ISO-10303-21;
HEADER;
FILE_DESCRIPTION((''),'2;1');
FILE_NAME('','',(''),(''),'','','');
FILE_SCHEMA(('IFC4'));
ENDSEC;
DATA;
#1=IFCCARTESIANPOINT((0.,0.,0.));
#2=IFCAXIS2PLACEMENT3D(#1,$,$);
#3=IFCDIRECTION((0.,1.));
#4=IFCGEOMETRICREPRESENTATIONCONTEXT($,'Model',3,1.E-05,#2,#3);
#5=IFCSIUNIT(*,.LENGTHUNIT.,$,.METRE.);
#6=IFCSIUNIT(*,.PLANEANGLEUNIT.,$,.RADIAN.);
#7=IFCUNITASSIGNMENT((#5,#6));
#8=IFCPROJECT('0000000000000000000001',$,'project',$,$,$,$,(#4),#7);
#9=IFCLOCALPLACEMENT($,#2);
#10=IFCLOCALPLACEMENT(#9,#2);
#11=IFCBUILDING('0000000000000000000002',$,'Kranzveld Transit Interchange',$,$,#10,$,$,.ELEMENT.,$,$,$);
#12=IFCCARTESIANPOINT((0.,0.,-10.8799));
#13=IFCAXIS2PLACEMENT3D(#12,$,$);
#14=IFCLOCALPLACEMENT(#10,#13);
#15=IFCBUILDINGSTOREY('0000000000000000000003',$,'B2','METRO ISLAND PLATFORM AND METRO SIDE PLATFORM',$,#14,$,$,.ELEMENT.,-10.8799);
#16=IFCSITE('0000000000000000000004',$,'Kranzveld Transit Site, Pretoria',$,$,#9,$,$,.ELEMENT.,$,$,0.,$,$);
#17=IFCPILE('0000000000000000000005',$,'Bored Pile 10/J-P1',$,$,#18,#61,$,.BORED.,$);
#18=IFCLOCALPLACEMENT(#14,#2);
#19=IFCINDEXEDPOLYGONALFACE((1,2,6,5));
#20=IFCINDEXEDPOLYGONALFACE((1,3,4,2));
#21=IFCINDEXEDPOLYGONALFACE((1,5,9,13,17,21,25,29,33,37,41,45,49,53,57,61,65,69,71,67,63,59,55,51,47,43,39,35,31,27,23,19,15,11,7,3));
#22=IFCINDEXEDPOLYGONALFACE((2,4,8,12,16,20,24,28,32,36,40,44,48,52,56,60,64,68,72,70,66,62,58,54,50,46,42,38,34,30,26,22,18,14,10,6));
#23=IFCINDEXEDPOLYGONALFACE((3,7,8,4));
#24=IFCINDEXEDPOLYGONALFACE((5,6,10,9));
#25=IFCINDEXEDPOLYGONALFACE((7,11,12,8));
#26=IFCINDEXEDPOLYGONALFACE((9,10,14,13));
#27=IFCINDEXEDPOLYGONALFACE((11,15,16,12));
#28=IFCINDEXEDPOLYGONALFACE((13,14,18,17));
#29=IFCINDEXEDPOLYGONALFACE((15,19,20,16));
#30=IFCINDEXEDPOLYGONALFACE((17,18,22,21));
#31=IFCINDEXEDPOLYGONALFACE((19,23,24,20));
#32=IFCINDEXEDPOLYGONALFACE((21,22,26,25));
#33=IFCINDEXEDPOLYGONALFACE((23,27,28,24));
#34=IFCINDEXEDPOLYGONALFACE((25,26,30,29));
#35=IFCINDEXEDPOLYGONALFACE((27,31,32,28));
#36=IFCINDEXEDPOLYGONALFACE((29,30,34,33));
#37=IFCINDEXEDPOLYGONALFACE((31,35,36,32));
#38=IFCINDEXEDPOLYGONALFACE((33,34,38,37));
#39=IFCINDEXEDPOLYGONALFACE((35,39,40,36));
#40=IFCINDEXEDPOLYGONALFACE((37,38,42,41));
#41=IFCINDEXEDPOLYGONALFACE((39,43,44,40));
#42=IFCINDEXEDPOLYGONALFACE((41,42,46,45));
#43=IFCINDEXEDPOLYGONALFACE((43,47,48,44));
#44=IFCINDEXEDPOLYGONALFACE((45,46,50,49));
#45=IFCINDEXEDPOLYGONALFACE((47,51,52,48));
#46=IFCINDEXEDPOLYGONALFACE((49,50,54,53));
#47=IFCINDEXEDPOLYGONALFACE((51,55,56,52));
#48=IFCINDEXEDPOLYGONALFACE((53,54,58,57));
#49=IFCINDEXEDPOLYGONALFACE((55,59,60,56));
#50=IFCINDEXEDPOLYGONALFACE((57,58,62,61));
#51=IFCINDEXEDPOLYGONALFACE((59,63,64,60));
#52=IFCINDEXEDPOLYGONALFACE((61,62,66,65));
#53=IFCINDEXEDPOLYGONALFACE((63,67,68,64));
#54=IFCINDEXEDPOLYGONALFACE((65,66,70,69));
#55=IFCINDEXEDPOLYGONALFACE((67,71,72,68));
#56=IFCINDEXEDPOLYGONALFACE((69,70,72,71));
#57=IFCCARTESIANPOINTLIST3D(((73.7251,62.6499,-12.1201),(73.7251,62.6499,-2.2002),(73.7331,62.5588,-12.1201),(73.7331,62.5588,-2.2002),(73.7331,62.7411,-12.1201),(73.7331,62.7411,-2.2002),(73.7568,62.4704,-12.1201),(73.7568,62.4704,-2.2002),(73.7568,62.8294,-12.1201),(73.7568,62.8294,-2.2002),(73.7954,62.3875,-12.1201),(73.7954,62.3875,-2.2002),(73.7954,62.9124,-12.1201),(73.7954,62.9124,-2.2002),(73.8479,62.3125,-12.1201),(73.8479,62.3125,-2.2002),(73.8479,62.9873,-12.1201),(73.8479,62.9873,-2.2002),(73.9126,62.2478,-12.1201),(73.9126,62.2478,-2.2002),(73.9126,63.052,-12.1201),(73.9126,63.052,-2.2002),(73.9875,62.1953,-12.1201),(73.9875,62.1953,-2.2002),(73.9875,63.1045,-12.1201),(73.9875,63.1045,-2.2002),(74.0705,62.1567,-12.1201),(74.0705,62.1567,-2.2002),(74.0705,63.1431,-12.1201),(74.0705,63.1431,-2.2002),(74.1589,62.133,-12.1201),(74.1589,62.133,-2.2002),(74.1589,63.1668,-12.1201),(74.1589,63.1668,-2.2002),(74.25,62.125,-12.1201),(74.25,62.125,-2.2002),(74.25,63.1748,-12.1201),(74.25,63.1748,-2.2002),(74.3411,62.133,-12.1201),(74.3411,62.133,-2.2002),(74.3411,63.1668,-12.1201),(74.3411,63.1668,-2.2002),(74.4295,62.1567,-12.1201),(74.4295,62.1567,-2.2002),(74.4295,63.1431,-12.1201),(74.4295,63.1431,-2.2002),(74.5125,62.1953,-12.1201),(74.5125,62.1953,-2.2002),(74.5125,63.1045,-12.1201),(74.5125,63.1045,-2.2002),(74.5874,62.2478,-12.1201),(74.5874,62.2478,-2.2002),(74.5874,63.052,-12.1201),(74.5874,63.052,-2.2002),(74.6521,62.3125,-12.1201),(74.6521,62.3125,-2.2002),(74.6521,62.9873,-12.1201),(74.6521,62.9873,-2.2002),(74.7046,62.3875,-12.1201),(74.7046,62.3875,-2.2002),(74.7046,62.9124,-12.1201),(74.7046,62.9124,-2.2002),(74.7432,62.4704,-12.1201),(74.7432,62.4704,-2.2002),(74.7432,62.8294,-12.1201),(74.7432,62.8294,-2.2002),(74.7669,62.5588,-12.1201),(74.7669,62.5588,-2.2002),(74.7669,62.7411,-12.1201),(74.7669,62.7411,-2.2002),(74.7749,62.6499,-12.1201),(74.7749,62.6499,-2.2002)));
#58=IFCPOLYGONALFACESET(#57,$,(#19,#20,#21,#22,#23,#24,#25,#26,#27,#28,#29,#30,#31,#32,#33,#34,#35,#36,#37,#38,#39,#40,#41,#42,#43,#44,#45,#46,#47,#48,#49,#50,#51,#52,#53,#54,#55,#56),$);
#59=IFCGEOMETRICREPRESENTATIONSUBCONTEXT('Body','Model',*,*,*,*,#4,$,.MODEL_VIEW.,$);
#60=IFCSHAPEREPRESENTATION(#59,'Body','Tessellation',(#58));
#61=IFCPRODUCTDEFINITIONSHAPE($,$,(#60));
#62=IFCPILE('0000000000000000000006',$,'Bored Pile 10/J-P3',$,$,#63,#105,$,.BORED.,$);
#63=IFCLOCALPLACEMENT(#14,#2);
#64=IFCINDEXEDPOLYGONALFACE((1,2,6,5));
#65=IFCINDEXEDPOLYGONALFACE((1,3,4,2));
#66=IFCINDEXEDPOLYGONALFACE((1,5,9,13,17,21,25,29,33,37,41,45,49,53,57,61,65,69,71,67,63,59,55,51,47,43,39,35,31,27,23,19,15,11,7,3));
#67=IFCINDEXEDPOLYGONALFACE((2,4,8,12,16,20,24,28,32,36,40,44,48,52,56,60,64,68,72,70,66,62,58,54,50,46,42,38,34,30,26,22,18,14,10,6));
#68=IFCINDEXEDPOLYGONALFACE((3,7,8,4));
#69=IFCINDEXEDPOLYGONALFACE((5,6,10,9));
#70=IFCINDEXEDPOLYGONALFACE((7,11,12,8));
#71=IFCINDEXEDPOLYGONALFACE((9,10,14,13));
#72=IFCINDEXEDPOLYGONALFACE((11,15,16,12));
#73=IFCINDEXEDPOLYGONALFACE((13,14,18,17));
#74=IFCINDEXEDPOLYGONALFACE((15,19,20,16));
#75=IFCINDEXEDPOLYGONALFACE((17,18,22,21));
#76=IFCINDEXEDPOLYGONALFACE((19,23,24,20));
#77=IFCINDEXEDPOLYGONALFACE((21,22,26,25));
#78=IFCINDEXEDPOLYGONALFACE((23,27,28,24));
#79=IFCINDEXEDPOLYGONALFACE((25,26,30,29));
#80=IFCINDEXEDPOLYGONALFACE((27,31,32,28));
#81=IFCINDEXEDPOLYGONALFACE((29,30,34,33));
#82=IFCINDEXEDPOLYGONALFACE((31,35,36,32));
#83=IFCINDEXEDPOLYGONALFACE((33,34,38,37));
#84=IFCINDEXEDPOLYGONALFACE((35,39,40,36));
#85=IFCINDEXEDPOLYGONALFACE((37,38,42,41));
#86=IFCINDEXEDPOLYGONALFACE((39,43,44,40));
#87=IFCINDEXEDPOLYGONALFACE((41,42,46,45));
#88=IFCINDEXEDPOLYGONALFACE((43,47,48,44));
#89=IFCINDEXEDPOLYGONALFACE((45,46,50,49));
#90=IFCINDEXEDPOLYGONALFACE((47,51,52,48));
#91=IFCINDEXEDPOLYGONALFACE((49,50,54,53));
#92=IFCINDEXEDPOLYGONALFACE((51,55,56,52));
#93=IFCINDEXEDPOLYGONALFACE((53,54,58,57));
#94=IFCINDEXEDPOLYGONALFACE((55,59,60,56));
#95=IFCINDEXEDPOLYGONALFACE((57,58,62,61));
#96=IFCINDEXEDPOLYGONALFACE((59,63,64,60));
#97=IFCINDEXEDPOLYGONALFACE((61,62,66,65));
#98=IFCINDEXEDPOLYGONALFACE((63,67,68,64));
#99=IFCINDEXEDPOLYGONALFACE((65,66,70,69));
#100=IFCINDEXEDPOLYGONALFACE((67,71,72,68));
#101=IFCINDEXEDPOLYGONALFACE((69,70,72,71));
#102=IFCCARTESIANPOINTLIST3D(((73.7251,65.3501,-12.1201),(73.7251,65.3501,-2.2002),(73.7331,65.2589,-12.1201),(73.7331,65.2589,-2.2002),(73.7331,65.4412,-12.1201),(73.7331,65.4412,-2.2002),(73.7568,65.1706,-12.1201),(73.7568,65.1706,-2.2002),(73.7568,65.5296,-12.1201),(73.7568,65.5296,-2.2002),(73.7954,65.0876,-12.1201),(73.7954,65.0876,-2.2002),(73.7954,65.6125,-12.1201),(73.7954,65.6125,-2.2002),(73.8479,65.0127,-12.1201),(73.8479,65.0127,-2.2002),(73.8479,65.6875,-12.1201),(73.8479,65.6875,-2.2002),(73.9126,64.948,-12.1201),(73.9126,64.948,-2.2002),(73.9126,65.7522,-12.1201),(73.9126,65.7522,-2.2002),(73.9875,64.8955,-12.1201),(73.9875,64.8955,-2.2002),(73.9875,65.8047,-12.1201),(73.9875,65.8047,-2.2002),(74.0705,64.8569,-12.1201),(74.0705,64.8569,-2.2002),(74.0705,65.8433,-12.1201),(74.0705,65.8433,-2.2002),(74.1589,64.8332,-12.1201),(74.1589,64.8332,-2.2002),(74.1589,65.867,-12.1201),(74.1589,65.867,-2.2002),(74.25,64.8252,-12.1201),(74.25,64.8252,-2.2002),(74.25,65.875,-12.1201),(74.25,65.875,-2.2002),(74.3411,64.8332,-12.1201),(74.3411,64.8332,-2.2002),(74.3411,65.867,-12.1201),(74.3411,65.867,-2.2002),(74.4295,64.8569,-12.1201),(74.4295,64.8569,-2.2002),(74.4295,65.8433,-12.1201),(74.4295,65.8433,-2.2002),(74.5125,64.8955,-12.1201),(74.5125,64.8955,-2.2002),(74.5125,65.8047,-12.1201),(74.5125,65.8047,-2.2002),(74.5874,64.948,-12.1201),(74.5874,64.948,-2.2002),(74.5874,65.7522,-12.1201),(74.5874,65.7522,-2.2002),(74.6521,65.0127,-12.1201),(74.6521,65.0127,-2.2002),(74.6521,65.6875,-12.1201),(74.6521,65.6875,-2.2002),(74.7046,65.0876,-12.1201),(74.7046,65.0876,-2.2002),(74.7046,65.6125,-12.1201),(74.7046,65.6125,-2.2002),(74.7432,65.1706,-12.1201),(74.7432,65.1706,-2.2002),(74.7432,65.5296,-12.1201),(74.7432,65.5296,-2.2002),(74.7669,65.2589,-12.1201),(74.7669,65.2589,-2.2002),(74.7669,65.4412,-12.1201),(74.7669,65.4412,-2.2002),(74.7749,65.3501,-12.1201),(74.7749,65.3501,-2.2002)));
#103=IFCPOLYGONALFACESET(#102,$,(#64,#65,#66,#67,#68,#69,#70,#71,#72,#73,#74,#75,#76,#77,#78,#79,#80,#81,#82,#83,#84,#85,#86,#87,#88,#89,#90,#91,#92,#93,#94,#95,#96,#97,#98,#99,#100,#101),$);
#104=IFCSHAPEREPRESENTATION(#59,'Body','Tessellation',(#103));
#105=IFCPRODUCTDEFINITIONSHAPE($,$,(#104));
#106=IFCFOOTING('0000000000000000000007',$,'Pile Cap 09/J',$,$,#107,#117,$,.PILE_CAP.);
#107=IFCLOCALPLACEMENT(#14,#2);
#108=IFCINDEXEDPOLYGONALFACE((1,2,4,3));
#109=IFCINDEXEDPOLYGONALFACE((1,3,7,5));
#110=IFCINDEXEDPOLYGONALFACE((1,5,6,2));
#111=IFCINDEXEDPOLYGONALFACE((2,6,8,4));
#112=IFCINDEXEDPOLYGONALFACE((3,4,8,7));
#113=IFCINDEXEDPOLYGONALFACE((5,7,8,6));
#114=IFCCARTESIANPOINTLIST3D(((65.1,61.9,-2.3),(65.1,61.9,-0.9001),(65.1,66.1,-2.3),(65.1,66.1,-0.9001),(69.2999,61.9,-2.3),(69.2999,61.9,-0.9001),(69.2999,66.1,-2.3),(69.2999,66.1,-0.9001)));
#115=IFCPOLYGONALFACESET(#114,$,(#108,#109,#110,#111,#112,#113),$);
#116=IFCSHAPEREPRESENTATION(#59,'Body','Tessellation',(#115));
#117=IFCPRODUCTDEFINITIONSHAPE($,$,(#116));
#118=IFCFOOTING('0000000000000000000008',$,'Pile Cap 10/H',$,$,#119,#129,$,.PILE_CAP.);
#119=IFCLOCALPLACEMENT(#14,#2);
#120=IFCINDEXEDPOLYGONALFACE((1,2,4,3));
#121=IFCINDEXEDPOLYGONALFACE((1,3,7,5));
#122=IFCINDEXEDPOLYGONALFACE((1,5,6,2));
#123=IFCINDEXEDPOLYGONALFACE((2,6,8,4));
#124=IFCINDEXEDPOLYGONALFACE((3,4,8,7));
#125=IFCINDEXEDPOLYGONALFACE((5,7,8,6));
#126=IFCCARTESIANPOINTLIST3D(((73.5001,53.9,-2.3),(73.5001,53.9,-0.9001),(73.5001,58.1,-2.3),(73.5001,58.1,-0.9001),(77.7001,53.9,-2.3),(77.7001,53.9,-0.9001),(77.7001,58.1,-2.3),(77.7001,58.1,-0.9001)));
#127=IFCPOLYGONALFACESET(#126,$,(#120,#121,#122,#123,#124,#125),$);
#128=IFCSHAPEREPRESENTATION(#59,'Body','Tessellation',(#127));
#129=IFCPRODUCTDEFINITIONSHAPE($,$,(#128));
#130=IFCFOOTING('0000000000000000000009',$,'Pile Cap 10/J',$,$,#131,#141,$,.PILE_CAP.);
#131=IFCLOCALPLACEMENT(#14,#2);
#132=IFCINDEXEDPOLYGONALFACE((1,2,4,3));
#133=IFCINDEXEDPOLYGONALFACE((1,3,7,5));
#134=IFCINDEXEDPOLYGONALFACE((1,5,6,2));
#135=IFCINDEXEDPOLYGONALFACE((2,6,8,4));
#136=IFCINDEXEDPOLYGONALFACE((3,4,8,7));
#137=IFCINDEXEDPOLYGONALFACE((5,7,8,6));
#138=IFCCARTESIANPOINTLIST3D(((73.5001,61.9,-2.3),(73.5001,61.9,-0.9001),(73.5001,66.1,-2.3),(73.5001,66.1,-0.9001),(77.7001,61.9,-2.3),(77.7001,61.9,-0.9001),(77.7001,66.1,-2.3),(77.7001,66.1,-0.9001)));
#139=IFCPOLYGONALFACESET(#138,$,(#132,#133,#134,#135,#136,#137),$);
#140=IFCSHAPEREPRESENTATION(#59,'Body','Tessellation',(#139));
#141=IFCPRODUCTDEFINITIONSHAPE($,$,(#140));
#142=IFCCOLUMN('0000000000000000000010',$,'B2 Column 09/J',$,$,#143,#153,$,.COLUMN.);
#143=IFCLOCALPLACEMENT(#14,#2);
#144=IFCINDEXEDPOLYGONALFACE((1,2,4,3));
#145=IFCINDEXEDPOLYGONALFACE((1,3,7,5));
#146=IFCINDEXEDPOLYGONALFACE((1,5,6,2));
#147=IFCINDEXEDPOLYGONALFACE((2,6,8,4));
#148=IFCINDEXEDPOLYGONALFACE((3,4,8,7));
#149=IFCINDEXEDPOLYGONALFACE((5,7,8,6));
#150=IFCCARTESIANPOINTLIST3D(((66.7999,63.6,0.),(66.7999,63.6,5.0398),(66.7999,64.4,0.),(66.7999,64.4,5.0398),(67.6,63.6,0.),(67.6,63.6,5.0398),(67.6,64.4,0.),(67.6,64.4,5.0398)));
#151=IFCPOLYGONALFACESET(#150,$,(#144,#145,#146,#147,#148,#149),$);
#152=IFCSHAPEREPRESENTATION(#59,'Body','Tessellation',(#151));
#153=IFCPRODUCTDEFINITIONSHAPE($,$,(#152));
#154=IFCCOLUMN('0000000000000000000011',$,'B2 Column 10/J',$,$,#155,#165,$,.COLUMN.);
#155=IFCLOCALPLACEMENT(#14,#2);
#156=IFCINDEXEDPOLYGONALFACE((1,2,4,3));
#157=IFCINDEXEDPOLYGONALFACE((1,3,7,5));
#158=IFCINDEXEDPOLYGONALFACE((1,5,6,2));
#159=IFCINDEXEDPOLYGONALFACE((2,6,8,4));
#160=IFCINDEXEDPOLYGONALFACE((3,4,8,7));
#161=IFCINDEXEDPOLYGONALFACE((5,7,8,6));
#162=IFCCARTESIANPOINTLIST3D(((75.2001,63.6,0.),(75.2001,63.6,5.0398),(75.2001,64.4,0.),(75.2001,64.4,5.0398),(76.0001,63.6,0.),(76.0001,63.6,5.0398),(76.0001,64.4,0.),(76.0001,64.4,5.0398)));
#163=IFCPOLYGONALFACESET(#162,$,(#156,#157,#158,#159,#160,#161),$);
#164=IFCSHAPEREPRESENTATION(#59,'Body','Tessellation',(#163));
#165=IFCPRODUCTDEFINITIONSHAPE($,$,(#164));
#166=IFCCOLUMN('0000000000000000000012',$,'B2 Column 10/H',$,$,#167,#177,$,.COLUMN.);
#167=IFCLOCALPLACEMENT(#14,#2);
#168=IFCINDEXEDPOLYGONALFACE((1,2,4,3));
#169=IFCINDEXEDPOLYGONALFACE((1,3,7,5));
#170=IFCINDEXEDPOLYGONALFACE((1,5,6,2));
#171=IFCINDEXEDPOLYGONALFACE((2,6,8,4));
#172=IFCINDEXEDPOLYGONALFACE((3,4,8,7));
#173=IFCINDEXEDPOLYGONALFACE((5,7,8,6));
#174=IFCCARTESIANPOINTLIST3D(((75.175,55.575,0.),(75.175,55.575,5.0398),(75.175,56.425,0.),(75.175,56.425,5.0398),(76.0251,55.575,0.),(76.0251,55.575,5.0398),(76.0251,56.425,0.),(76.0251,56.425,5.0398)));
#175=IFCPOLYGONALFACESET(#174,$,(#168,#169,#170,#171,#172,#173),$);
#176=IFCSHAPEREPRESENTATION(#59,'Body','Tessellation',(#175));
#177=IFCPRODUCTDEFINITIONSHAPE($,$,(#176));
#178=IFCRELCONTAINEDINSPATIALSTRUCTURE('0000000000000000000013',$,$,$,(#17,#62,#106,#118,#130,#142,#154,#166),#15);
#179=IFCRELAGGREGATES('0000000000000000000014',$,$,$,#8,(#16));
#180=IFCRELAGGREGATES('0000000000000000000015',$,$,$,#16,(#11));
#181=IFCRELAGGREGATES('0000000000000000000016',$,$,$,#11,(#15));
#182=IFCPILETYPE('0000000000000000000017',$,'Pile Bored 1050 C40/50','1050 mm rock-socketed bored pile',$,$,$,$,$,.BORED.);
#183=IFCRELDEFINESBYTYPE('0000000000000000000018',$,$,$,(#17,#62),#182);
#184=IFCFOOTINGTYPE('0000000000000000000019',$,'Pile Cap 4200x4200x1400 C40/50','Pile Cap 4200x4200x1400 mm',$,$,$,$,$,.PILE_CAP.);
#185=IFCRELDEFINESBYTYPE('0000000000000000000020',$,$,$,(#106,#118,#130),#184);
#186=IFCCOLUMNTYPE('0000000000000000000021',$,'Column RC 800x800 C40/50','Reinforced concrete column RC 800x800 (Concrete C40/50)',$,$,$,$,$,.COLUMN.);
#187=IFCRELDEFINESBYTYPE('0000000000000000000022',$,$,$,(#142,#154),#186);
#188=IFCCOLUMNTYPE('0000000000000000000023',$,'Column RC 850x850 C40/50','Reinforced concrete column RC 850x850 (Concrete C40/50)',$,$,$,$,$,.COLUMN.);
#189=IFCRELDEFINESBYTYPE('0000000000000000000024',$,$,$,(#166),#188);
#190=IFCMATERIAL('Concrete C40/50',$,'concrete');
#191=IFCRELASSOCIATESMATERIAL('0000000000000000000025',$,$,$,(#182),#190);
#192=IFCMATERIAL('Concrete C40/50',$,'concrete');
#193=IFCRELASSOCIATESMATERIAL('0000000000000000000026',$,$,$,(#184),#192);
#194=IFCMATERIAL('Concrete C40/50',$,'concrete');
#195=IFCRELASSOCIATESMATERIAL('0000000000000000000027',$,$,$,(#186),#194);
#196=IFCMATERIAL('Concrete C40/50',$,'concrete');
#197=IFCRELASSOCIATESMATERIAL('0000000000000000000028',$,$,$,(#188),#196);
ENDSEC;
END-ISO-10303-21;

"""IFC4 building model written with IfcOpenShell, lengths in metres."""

from ifc_helpers import new_model, si_unit, direction, frame, origin, origin_2d, place, context, subcontext, project, spatial, rectangle, circle, extrude, material, material_profile, profile_set, type_object, element, save


model = new_model("IFC4")

# Units and contexts
model_context = context("Model", 3, precision=1e-05, world=origin(), true_north=direction((0.0, 1.0)))
body_context = subcontext(model_context, "Body", "Model", "MODEL_VIEW")
ifc_project = project(units=[si_unit("LENGTHUNIT", "METRE"), si_unit("PLANEANGLEUNIT", "RADIAN")], contexts=[model_context])

# Site, building, storey
site_placement = place(None, origin())
site = spatial("IfcSite", under=ifc_project, at=site_placement, Name="Kranzveld Transit Site, Pretoria", CompositionType="ELEMENT", RefElevation=0.0)
building_placement = place(site_placement, origin())
building = spatial("IfcBuilding", under=site, at=building_placement, Name="Kranzveld Transit Interchange", CompositionType="ELEMENT")
storey_placement = place(building_placement, frame((0.0, 0.0, -10.8799)))
storey = spatial("IfcBuildingStorey", under=building, at=storey_placement, Name="B2", Description="METRO ISLAND PLATFORM AND METRO SIDE PLATFORM", CompositionType="ELEMENT", Elevation=-10.8799)

# Piles
ifc_material_1 = material(Name="Concrete C40/50", Category="concrete")
ifc_material_profile_1 = material_profile(ifc_material_1, circle(Radius=0.5249, at=origin_2d()), Name="BORED PILE 1050")
ifc_profile_set_1 = profile_set([ifc_material_profile_1], Name="Concrete C40/50")
pile_type = type_object("IfcPileType", Name="Pile Bored 1050 C40/50", Description="1050 mm rock-socketed bored pile", PredefinedType="BORED", material=ifc_profile_set_1)
for number, where, z_axis, x_axis, name in (
    (1, (74.25, 62.6499, -2.2002), (0.0, 0.0, -1.0), (1.0, 0.0, 0.0), "Bored Pile 10/J-P1"),
    (2, (74.25, 65.3501, -2.2002), (0.0, 0.0, -1.0), (1.0, 0.0, 0.0), "Bored Pile 10/J-P3"),
):
    element("IfcPile", number, at=place(storey_placement, frame(where, z_axis=z_axis, x_axis=x_axis)), inside=storey, type_object=pile_type, Name=name, PredefinedType="BORED", context=body_context, shape_type="SweptSolid", body=[
        extrude(circle(Radius=0.5249, at=origin_2d()), origin(), (0.0, 0.0, 1.0), 9.9199),
    ])

# Footings
ifc_material_2 = material(Name="Concrete C40/50", Category="concrete")
footing_type = type_object("IfcFootingType", Name="Pile Cap 4200x4200x1400 C40/50", Description="Pile Cap 4200x4200x1400 mm", PredefinedType="PILE_CAP", material=ifc_material_2)
for number, where, z_axis, x_axis, name in (
    (3, (67.2, 64.0, -2.3), (0.0, 0.0, 1.0), (1.0, 0.0, 0.0), "Pile Cap 09/J"),
    (4, (75.6001, 56.0, -2.3), (0.0, 0.0, 1.0), (1.0, 0.0, 0.0), "Pile Cap 10/H"),
    (5, (75.6001, 64.0, -2.3), (0.0, 0.0, 1.0), (1.0, 0.0, 0.0), "Pile Cap 10/J"),
):
    element("IfcFooting", number, at=place(storey_placement, frame(where, z_axis=z_axis, x_axis=x_axis)), inside=storey, type_object=footing_type, Name=name, PredefinedType="PILE_CAP", context=body_context, shape_type="SweptSolid", body=[
        extrude(rectangle(XDim=4.2, YDim=4.2, at=origin_2d()), origin(), (0.0, 0.0, 1.0), 1.3999),
    ])

# Columns
ifc_material_3 = material(Name="Concrete C40/50", Category="concrete")
ifc_material_profile_2 = material_profile(ifc_material_3, rectangle(XDim=0.8, YDim=0.8, at=origin_2d()), Name="RC 800x800")
ifc_profile_set_2 = profile_set([ifc_material_profile_2], Name="Concrete C40/50")
column_type_1 = type_object("IfcColumnType", Name="Column RC 800x800 C40/50", Description="Reinforced concrete column RC 800x800 (Concrete C40/50)", PredefinedType="COLUMN", material=ifc_profile_set_2)
for number, where, z_axis, x_axis, name in (
    (6, (67.2, 64.0, 0.0), (0.0, 0.0, 1.0), (1.0, 0.0, 0.0), "B2 Column 09/J"),
    (7, (75.6001, 64.0, 0.0), (0.0, 0.0, 1.0), (1.0, 0.0, 0.0), "B2 Column 10/J"),
):
    element("IfcColumn", number, at=place(storey_placement, frame(where, z_axis=z_axis, x_axis=x_axis)), inside=storey, type_object=column_type_1, Name=name, PredefinedType="COLUMN", context=body_context, shape_type="SweptSolid", body=[
        extrude(rectangle(XDim=0.8, YDim=0.8, at=origin_2d()), origin(), (0.0, 0.0, 1.0), 5.0398),
    ])
ifc_material_4 = material(Name="Concrete C40/50", Category="concrete")
ifc_material_profile_3 = material_profile(ifc_material_4, rectangle(XDim=0.8501, YDim=0.8501, at=origin_2d()), Name="RC 850x850")
ifc_profile_set_3 = profile_set([ifc_material_profile_3], Name="Concrete C40/50")
column_type_2 = type_object("IfcColumnType", Name="Column RC 850x850 C40/50", Description="Reinforced concrete column RC 850x850 (Concrete C40/50)", PredefinedType="COLUMN", material=ifc_profile_set_3)
column_placement = place(storey_placement, frame((75.6001, 56.0, 0.0), z_axis=(0.0, 0.0, 1.0), x_axis=(1.0, 0.0, 0.0)))
element("IfcColumn", 8, at=column_placement, inside=storey, type_object=column_type_2, Name="B2 Column 10/H", PredefinedType="COLUMN", context=body_context, shape_type="SweptSolid", body=[
    extrude(rectangle(XDim=0.8501, YDim=0.8501, at=origin_2d()), origin(), (0.0, 0.0, 1.0), 5.0398),
])

save(model, "model.ifc")
